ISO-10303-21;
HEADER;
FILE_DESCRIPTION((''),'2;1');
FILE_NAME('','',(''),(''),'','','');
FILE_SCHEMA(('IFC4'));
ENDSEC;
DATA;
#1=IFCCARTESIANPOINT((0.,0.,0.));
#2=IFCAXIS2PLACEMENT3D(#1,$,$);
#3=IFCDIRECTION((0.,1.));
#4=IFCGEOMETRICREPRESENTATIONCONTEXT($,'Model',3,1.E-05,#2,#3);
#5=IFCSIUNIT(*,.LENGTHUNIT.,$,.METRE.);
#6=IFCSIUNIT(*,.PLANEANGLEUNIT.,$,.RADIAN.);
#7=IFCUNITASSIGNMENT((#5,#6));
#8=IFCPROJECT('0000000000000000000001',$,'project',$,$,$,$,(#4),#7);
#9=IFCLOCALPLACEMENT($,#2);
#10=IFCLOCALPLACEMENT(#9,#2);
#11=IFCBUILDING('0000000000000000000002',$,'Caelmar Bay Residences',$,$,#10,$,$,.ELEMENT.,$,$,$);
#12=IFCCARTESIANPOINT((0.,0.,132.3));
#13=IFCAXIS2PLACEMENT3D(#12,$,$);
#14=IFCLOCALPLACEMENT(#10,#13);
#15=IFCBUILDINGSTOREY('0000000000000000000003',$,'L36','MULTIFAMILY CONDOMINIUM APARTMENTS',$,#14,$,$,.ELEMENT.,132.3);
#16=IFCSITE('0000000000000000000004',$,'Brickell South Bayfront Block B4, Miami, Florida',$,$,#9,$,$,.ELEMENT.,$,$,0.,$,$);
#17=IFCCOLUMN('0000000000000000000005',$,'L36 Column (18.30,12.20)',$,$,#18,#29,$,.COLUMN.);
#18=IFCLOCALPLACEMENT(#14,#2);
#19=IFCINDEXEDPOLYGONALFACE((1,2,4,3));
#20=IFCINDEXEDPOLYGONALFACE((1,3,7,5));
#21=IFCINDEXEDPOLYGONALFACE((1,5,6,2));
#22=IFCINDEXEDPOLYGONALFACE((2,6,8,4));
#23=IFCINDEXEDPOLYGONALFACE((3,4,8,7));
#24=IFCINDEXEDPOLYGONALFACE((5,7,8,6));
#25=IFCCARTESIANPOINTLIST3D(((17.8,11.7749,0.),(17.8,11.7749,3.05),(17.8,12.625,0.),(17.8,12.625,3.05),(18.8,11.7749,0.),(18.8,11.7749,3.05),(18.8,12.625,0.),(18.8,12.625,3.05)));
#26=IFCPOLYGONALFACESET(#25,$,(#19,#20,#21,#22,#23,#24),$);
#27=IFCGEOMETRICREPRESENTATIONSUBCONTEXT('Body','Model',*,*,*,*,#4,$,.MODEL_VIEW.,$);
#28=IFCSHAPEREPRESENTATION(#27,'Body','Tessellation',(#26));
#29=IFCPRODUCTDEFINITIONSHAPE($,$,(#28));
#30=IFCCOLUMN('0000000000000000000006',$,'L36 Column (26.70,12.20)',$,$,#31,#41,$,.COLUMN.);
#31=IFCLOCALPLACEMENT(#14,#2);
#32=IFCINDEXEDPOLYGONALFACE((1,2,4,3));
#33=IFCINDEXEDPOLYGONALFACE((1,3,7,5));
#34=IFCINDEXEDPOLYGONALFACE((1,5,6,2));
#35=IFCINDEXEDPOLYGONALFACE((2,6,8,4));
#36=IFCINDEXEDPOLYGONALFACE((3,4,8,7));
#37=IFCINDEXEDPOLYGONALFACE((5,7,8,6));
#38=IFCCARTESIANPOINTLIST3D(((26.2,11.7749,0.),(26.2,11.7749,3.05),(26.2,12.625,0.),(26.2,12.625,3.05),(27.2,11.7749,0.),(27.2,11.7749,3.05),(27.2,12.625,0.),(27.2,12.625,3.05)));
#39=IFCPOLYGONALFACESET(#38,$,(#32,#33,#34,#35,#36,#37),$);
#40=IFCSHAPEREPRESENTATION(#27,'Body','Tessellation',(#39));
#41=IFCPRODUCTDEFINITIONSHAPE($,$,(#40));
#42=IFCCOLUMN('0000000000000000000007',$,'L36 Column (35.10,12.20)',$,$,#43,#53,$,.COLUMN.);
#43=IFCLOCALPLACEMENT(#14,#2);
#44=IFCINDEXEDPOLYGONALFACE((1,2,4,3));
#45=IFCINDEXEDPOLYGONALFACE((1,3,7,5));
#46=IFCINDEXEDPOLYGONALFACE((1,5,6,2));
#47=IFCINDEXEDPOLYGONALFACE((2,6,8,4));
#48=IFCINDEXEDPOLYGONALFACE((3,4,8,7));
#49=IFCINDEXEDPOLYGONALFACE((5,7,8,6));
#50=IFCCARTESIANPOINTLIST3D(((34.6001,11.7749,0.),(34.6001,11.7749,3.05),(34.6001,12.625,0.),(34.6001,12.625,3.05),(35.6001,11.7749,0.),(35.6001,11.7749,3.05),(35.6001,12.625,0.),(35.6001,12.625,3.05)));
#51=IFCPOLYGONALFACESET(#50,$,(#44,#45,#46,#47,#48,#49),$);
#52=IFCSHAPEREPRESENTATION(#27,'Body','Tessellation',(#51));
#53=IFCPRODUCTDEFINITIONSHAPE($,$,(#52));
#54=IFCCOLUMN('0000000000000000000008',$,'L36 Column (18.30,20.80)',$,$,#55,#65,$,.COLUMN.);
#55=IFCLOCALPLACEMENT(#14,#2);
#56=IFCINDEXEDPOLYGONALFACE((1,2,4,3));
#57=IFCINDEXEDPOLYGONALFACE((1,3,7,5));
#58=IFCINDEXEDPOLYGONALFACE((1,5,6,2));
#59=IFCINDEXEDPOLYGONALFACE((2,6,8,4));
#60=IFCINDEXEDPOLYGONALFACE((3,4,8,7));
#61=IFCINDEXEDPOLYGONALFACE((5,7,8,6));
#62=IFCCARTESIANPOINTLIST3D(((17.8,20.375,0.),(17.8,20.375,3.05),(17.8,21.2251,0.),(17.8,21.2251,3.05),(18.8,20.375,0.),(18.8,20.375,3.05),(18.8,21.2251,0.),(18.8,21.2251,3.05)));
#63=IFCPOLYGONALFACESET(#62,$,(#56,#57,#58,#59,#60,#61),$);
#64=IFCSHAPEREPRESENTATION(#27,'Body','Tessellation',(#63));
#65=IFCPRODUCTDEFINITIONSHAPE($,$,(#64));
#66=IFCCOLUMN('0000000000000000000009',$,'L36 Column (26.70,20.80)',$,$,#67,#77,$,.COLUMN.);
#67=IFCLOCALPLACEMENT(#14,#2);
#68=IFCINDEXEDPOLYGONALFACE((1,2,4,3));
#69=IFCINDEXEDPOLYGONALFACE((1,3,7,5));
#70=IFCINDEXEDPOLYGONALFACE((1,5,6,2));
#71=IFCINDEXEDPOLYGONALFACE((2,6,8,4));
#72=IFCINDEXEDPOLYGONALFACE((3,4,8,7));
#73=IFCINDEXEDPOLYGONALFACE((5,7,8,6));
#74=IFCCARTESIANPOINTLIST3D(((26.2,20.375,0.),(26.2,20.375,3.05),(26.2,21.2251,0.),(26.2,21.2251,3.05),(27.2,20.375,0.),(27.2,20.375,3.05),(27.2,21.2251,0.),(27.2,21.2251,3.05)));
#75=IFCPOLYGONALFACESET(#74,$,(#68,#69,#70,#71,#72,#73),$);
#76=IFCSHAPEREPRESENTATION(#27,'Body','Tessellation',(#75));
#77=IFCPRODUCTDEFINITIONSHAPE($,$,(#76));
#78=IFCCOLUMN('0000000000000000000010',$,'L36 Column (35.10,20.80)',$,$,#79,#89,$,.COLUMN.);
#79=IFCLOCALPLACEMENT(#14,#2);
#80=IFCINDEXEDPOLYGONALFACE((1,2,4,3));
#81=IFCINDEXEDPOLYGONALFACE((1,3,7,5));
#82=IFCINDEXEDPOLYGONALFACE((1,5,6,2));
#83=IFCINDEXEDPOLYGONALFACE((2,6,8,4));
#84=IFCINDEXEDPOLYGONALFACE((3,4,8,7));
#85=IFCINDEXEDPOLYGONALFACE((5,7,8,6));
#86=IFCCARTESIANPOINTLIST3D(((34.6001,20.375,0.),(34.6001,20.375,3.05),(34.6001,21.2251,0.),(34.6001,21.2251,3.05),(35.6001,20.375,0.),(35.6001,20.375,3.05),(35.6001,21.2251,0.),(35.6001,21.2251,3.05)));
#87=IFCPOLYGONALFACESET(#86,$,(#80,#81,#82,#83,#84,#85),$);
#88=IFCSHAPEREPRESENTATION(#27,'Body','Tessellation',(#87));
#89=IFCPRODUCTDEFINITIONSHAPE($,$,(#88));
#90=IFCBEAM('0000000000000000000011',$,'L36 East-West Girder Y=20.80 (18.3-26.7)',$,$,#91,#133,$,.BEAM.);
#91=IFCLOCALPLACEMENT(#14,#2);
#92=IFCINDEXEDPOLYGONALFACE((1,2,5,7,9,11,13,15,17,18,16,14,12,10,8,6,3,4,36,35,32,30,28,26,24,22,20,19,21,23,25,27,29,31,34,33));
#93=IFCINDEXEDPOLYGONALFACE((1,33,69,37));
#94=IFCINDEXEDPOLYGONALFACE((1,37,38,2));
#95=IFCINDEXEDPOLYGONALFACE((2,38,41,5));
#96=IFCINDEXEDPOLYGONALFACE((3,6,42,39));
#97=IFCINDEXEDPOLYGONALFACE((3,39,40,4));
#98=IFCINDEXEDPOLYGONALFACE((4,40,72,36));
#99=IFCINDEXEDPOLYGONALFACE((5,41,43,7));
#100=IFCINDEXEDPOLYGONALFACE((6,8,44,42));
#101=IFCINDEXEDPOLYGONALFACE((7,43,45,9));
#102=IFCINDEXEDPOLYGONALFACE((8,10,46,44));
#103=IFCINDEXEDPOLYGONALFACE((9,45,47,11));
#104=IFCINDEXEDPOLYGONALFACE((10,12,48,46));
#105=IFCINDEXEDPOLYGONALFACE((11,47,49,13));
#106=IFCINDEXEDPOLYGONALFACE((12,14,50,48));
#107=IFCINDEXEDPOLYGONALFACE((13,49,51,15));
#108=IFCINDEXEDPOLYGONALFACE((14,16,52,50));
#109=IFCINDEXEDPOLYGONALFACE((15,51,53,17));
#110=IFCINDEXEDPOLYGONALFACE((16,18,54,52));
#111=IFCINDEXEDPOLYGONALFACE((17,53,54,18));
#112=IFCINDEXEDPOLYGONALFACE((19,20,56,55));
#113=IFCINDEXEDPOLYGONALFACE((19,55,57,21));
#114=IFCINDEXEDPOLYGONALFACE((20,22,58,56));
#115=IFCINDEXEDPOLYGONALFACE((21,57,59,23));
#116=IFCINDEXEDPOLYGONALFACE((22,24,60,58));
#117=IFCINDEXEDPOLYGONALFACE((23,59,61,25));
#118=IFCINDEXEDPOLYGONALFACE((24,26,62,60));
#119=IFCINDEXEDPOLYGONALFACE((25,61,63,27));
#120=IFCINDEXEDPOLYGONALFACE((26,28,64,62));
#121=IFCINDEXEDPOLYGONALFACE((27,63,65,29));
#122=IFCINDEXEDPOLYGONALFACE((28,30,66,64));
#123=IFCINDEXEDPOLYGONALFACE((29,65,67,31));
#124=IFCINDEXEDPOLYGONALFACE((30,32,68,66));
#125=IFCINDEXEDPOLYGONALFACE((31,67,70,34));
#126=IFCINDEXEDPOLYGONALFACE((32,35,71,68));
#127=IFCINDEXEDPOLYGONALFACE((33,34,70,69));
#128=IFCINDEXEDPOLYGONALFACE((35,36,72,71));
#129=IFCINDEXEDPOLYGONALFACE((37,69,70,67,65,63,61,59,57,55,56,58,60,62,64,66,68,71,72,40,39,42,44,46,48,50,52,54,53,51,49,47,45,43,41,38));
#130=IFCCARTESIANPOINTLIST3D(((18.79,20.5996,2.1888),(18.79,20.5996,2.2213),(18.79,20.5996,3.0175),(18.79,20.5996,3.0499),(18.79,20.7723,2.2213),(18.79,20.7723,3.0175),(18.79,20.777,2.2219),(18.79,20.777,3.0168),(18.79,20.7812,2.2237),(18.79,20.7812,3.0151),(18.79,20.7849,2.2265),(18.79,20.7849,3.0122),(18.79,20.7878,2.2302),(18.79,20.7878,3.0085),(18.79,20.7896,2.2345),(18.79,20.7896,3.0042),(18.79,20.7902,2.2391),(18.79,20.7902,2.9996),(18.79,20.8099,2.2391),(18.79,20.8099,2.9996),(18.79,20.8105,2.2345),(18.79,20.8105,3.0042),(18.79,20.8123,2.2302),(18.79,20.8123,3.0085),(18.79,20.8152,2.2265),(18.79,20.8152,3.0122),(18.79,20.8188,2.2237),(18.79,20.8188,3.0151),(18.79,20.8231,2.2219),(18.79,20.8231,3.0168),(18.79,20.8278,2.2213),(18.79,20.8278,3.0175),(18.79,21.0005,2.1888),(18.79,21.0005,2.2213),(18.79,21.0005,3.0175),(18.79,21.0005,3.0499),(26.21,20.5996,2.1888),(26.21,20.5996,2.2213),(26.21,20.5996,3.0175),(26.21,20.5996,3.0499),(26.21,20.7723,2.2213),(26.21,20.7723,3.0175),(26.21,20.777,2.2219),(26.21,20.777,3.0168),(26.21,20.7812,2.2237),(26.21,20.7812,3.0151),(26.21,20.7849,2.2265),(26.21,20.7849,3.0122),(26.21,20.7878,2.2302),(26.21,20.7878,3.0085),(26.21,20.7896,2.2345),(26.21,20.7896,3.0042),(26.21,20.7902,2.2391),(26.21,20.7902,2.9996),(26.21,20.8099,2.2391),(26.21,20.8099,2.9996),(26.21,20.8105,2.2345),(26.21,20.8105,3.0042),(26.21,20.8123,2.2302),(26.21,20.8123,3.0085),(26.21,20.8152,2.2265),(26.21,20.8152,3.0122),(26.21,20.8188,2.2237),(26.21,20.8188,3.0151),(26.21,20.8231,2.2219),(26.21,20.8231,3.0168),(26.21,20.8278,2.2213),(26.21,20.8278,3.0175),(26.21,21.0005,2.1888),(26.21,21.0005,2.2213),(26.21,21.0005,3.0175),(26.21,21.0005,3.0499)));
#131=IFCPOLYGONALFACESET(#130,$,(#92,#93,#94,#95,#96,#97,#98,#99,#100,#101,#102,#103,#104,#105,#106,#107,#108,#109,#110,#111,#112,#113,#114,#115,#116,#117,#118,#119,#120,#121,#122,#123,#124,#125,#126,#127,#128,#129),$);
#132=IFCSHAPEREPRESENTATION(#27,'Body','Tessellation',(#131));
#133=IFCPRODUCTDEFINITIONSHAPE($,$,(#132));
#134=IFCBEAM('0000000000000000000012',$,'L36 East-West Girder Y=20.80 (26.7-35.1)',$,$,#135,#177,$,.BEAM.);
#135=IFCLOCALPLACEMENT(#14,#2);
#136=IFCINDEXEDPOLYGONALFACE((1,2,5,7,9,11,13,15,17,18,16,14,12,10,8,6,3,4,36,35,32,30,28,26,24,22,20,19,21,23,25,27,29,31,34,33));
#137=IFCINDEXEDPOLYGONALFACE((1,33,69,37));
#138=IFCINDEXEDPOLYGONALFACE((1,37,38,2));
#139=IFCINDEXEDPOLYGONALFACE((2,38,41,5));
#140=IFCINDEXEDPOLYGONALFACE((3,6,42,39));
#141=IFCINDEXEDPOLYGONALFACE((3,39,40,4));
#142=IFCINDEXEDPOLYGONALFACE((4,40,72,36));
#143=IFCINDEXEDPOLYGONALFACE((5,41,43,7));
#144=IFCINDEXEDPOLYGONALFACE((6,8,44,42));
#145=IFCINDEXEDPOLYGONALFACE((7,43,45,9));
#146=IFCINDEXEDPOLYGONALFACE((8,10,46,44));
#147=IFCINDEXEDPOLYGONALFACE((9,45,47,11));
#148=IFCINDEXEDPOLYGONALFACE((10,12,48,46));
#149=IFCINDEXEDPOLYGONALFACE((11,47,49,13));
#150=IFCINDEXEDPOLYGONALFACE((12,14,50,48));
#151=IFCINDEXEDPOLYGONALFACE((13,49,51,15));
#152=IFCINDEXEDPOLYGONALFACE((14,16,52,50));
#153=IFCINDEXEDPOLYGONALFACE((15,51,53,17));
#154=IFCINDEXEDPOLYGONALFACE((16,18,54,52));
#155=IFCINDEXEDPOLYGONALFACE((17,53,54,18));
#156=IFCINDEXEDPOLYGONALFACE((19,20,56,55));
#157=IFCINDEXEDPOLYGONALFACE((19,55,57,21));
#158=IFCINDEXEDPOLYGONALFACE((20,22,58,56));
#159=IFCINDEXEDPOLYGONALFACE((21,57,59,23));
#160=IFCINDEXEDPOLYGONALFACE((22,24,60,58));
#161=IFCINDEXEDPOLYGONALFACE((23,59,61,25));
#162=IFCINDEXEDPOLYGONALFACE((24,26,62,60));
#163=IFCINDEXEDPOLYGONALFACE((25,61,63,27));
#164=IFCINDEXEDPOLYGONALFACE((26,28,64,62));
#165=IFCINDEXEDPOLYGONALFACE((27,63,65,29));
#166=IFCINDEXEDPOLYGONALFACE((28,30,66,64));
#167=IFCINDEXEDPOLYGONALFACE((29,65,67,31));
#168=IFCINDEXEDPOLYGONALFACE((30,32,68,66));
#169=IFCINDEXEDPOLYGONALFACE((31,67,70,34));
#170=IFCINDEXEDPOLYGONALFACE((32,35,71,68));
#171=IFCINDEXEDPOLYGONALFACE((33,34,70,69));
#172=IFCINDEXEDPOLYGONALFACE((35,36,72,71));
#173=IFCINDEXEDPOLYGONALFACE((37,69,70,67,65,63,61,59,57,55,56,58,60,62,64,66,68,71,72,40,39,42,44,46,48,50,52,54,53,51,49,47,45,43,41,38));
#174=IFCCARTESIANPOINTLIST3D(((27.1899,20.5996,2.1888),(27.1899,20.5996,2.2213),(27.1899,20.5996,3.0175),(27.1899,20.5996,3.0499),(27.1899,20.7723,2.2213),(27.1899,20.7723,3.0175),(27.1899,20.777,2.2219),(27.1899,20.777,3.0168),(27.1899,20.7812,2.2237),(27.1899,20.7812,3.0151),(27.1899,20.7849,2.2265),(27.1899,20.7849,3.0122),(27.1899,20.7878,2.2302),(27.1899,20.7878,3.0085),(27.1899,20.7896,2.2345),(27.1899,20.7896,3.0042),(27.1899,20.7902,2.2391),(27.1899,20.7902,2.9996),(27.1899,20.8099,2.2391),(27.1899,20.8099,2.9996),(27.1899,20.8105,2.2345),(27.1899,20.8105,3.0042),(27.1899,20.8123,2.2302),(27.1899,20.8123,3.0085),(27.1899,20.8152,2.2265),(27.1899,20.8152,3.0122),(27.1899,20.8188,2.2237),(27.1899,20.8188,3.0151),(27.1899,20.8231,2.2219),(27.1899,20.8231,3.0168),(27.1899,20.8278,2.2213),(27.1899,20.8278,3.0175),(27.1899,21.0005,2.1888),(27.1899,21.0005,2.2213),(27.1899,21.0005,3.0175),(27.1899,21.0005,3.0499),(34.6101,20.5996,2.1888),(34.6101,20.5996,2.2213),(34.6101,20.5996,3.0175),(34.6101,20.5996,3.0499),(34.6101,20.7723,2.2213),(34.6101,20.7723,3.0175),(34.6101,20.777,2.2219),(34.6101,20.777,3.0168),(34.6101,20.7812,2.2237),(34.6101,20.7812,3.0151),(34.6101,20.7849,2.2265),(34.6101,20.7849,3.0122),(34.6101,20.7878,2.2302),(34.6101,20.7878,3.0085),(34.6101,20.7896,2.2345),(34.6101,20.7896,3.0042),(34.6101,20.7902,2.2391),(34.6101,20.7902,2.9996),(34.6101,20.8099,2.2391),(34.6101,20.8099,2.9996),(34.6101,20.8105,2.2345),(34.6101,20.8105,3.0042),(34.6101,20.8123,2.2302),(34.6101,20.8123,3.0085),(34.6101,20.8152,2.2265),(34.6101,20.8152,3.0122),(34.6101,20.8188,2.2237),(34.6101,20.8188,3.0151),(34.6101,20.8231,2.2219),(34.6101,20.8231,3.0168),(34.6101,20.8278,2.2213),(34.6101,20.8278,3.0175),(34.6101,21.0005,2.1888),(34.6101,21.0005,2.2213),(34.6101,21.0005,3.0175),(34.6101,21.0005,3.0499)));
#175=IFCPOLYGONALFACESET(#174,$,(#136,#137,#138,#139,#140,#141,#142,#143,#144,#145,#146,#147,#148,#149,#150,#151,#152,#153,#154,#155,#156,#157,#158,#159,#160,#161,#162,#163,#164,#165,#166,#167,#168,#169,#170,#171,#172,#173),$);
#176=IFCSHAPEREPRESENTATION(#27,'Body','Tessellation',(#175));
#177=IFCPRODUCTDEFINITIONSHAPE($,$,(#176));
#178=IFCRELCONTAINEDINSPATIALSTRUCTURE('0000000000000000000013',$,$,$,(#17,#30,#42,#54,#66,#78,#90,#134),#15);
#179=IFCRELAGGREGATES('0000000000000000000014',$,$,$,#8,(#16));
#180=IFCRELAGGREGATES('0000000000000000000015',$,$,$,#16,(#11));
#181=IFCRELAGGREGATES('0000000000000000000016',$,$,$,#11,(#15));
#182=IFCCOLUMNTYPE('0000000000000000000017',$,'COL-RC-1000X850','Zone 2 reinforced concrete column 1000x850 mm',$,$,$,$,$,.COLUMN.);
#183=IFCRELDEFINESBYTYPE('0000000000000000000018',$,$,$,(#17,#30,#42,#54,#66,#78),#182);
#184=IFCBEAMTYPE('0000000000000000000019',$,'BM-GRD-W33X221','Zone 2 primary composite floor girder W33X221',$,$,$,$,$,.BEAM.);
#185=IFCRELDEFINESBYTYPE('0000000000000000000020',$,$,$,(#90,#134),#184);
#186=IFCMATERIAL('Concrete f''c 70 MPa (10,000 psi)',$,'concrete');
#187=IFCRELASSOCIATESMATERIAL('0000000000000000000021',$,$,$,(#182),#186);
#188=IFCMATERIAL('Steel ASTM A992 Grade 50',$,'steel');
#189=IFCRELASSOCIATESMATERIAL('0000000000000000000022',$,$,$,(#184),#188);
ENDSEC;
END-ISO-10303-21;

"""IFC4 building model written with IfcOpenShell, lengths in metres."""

from ifc_helpers import new_model, si_unit, direction, frame, origin, origin_2d, place, context, subcontext, project, spatial, rectangle, i_section, extrude, material, material_profile, profile_set, type_object, element, save


model = new_model("IFC4")

# Units and contexts
model_context = context("Model", 3, precision=1e-05, world=origin(), true_north=direction((0.0, 1.0)))
body_context = subcontext(model_context, "Body", "Model", "MODEL_VIEW")
ifc_project = project(units=[si_unit("LENGTHUNIT", "METRE"), si_unit("PLANEANGLEUNIT", "RADIAN")], contexts=[model_context])

# Site, building, storey
site_placement = place(None, origin())
site = spatial("IfcSite", under=ifc_project, at=site_placement, Name="Brickell South Bayfront Block B4, Miami, Florida", CompositionType="ELEMENT", RefElevation=0.0)
building_placement = place(site_placement, origin())
building = spatial("IfcBuilding", under=site, at=building_placement, Name="Caelmar Bay Residences", CompositionType="ELEMENT")
storey_placement = place(building_placement, frame((0.0, 0.0, 132.3)))
storey = spatial("IfcBuildingStorey", under=building, at=storey_placement, Name="L36", Description="MULTIFAMILY CONDOMINIUM APARTMENTS", CompositionType="ELEMENT", Elevation=132.3)

# Columns
ifc_material_1 = material(Name="Concrete f'c 70 MPa (10,000 psi)", Category="concrete")
ifc_material_profile_1 = material_profile(ifc_material_1, rectangle(XDim=1.0, YDim=0.8501, at=origin_2d()), Name="RC-COL-1000X850")
ifc_profile_set_1 = profile_set([ifc_material_profile_1], Name="Concrete f'c 70 MPa (10,000 psi)")
column_type = type_object("IfcColumnType", Name="COL-RC-1000X850", Description="Zone 2 reinforced concrete column 1000x850 mm", PredefinedType="COLUMN", material=ifc_profile_set_1)
for number, where, z_axis, x_axis, name in (
    (1, (18.3, 12.2, 0.0), (0.0, 0.0, 1.0), (1.0, 0.0, 0.0), "L36 Column (18.30,12.20)"),
    (2, (26.7, 12.2, 0.0), (0.0, 0.0, 1.0), (1.0, 0.0, 0.0), "L36 Column (26.70,12.20)"),
    (3, (35.1001, 12.2, 0.0), (0.0, 0.0, 1.0), (1.0, 0.0, 0.0), "L36 Column (35.10,12.20)"),
    (4, (18.3, 20.8, 0.0), (0.0, 0.0, 1.0), (1.0, 0.0, 0.0), "L36 Column (18.30,20.80)"),
    (5, (26.7, 20.8, 0.0), (0.0, 0.0, 1.0), (1.0, 0.0, 0.0), "L36 Column (26.70,20.80)"),
    (6, (35.1001, 20.8, 0.0), (0.0, 0.0, 1.0), (1.0, 0.0, 0.0), "L36 Column (35.10,20.80)"),
):
    element("IfcColumn", number, at=place(storey_placement, frame(where, z_axis=z_axis, x_axis=x_axis)), inside=storey, type_object=column_type, Name=name, PredefinedType="COLUMN", context=body_context, shape_type="SweptSolid", body=[
        extrude(rectangle(XDim=1.0, YDim=0.8501, at=origin_2d()), origin(), (0.0, 0.0, 1.0), 3.05),
    ])

# Beams
ifc_material_2 = material(Name="Steel ASTM A992 Grade 50", Category="steel")
ifc_material_profile_2 = material_profile(ifc_material_2, i_section(OverallWidth=0.4009, OverallDepth=0.8611, WebThickness=0.0198, FlangeThickness=0.0325, FilletRadius=0.0178, at=origin_2d()), Name="W33X221")
ifc_profile_set_2 = profile_set([ifc_material_profile_2], Name="Steel ASTM A992 Grade 50")
beam_type_1 = type_object("IfcBeamType", Name="BM-GRD-W33X221", Description="Zone 2 primary composite floor girder W33X221", PredefinedType="BEAM", material=ifc_profile_set_2)
beam_1_placement = place(storey_placement, frame((18.79, 20.8, 2.6194), z_axis=(1.0, 0.0, 0.0), x_axis=(0.0, 1.0, 0.0)))
element("IfcBeam", 7, at=beam_1_placement, inside=storey, type_object=beam_type_1, Name="L36 East-West Girder Y=20.80 (18.3-26.7)", PredefinedType="BEAM", context=body_context, shape_type="SweptSolid", body=[
    extrude(i_section(OverallWidth=0.4009, OverallDepth=0.8611, WebThickness=0.0198, FlangeThickness=0.0325, FilletRadius=0.0178, at=origin_2d()), origin(), (0.0, 0.0, 1.0), 7.4199),
])
beam_2_placement = place(storey_placement, frame((27.1899, 20.8, 2.6194), z_axis=(1.0, 0.0, 0.0), x_axis=(0.0, 1.0, 0.0)))
element("IfcBeam", 8, at=beam_2_placement, inside=storey, type_object=beam_type_1, Name="L36 East-West Girder Y=20.80 (26.7-35.1)", PredefinedType="BEAM", context=body_context, shape_type="SweptSolid", body=[
    extrude(i_section(OverallWidth=0.4009, OverallDepth=0.8611, WebThickness=0.0198, FlangeThickness=0.0325, FilletRadius=0.0178, at=origin_2d()), origin(), (0.0, 0.0, 1.0), 7.4202),
])

save(model, "model.ifc")
